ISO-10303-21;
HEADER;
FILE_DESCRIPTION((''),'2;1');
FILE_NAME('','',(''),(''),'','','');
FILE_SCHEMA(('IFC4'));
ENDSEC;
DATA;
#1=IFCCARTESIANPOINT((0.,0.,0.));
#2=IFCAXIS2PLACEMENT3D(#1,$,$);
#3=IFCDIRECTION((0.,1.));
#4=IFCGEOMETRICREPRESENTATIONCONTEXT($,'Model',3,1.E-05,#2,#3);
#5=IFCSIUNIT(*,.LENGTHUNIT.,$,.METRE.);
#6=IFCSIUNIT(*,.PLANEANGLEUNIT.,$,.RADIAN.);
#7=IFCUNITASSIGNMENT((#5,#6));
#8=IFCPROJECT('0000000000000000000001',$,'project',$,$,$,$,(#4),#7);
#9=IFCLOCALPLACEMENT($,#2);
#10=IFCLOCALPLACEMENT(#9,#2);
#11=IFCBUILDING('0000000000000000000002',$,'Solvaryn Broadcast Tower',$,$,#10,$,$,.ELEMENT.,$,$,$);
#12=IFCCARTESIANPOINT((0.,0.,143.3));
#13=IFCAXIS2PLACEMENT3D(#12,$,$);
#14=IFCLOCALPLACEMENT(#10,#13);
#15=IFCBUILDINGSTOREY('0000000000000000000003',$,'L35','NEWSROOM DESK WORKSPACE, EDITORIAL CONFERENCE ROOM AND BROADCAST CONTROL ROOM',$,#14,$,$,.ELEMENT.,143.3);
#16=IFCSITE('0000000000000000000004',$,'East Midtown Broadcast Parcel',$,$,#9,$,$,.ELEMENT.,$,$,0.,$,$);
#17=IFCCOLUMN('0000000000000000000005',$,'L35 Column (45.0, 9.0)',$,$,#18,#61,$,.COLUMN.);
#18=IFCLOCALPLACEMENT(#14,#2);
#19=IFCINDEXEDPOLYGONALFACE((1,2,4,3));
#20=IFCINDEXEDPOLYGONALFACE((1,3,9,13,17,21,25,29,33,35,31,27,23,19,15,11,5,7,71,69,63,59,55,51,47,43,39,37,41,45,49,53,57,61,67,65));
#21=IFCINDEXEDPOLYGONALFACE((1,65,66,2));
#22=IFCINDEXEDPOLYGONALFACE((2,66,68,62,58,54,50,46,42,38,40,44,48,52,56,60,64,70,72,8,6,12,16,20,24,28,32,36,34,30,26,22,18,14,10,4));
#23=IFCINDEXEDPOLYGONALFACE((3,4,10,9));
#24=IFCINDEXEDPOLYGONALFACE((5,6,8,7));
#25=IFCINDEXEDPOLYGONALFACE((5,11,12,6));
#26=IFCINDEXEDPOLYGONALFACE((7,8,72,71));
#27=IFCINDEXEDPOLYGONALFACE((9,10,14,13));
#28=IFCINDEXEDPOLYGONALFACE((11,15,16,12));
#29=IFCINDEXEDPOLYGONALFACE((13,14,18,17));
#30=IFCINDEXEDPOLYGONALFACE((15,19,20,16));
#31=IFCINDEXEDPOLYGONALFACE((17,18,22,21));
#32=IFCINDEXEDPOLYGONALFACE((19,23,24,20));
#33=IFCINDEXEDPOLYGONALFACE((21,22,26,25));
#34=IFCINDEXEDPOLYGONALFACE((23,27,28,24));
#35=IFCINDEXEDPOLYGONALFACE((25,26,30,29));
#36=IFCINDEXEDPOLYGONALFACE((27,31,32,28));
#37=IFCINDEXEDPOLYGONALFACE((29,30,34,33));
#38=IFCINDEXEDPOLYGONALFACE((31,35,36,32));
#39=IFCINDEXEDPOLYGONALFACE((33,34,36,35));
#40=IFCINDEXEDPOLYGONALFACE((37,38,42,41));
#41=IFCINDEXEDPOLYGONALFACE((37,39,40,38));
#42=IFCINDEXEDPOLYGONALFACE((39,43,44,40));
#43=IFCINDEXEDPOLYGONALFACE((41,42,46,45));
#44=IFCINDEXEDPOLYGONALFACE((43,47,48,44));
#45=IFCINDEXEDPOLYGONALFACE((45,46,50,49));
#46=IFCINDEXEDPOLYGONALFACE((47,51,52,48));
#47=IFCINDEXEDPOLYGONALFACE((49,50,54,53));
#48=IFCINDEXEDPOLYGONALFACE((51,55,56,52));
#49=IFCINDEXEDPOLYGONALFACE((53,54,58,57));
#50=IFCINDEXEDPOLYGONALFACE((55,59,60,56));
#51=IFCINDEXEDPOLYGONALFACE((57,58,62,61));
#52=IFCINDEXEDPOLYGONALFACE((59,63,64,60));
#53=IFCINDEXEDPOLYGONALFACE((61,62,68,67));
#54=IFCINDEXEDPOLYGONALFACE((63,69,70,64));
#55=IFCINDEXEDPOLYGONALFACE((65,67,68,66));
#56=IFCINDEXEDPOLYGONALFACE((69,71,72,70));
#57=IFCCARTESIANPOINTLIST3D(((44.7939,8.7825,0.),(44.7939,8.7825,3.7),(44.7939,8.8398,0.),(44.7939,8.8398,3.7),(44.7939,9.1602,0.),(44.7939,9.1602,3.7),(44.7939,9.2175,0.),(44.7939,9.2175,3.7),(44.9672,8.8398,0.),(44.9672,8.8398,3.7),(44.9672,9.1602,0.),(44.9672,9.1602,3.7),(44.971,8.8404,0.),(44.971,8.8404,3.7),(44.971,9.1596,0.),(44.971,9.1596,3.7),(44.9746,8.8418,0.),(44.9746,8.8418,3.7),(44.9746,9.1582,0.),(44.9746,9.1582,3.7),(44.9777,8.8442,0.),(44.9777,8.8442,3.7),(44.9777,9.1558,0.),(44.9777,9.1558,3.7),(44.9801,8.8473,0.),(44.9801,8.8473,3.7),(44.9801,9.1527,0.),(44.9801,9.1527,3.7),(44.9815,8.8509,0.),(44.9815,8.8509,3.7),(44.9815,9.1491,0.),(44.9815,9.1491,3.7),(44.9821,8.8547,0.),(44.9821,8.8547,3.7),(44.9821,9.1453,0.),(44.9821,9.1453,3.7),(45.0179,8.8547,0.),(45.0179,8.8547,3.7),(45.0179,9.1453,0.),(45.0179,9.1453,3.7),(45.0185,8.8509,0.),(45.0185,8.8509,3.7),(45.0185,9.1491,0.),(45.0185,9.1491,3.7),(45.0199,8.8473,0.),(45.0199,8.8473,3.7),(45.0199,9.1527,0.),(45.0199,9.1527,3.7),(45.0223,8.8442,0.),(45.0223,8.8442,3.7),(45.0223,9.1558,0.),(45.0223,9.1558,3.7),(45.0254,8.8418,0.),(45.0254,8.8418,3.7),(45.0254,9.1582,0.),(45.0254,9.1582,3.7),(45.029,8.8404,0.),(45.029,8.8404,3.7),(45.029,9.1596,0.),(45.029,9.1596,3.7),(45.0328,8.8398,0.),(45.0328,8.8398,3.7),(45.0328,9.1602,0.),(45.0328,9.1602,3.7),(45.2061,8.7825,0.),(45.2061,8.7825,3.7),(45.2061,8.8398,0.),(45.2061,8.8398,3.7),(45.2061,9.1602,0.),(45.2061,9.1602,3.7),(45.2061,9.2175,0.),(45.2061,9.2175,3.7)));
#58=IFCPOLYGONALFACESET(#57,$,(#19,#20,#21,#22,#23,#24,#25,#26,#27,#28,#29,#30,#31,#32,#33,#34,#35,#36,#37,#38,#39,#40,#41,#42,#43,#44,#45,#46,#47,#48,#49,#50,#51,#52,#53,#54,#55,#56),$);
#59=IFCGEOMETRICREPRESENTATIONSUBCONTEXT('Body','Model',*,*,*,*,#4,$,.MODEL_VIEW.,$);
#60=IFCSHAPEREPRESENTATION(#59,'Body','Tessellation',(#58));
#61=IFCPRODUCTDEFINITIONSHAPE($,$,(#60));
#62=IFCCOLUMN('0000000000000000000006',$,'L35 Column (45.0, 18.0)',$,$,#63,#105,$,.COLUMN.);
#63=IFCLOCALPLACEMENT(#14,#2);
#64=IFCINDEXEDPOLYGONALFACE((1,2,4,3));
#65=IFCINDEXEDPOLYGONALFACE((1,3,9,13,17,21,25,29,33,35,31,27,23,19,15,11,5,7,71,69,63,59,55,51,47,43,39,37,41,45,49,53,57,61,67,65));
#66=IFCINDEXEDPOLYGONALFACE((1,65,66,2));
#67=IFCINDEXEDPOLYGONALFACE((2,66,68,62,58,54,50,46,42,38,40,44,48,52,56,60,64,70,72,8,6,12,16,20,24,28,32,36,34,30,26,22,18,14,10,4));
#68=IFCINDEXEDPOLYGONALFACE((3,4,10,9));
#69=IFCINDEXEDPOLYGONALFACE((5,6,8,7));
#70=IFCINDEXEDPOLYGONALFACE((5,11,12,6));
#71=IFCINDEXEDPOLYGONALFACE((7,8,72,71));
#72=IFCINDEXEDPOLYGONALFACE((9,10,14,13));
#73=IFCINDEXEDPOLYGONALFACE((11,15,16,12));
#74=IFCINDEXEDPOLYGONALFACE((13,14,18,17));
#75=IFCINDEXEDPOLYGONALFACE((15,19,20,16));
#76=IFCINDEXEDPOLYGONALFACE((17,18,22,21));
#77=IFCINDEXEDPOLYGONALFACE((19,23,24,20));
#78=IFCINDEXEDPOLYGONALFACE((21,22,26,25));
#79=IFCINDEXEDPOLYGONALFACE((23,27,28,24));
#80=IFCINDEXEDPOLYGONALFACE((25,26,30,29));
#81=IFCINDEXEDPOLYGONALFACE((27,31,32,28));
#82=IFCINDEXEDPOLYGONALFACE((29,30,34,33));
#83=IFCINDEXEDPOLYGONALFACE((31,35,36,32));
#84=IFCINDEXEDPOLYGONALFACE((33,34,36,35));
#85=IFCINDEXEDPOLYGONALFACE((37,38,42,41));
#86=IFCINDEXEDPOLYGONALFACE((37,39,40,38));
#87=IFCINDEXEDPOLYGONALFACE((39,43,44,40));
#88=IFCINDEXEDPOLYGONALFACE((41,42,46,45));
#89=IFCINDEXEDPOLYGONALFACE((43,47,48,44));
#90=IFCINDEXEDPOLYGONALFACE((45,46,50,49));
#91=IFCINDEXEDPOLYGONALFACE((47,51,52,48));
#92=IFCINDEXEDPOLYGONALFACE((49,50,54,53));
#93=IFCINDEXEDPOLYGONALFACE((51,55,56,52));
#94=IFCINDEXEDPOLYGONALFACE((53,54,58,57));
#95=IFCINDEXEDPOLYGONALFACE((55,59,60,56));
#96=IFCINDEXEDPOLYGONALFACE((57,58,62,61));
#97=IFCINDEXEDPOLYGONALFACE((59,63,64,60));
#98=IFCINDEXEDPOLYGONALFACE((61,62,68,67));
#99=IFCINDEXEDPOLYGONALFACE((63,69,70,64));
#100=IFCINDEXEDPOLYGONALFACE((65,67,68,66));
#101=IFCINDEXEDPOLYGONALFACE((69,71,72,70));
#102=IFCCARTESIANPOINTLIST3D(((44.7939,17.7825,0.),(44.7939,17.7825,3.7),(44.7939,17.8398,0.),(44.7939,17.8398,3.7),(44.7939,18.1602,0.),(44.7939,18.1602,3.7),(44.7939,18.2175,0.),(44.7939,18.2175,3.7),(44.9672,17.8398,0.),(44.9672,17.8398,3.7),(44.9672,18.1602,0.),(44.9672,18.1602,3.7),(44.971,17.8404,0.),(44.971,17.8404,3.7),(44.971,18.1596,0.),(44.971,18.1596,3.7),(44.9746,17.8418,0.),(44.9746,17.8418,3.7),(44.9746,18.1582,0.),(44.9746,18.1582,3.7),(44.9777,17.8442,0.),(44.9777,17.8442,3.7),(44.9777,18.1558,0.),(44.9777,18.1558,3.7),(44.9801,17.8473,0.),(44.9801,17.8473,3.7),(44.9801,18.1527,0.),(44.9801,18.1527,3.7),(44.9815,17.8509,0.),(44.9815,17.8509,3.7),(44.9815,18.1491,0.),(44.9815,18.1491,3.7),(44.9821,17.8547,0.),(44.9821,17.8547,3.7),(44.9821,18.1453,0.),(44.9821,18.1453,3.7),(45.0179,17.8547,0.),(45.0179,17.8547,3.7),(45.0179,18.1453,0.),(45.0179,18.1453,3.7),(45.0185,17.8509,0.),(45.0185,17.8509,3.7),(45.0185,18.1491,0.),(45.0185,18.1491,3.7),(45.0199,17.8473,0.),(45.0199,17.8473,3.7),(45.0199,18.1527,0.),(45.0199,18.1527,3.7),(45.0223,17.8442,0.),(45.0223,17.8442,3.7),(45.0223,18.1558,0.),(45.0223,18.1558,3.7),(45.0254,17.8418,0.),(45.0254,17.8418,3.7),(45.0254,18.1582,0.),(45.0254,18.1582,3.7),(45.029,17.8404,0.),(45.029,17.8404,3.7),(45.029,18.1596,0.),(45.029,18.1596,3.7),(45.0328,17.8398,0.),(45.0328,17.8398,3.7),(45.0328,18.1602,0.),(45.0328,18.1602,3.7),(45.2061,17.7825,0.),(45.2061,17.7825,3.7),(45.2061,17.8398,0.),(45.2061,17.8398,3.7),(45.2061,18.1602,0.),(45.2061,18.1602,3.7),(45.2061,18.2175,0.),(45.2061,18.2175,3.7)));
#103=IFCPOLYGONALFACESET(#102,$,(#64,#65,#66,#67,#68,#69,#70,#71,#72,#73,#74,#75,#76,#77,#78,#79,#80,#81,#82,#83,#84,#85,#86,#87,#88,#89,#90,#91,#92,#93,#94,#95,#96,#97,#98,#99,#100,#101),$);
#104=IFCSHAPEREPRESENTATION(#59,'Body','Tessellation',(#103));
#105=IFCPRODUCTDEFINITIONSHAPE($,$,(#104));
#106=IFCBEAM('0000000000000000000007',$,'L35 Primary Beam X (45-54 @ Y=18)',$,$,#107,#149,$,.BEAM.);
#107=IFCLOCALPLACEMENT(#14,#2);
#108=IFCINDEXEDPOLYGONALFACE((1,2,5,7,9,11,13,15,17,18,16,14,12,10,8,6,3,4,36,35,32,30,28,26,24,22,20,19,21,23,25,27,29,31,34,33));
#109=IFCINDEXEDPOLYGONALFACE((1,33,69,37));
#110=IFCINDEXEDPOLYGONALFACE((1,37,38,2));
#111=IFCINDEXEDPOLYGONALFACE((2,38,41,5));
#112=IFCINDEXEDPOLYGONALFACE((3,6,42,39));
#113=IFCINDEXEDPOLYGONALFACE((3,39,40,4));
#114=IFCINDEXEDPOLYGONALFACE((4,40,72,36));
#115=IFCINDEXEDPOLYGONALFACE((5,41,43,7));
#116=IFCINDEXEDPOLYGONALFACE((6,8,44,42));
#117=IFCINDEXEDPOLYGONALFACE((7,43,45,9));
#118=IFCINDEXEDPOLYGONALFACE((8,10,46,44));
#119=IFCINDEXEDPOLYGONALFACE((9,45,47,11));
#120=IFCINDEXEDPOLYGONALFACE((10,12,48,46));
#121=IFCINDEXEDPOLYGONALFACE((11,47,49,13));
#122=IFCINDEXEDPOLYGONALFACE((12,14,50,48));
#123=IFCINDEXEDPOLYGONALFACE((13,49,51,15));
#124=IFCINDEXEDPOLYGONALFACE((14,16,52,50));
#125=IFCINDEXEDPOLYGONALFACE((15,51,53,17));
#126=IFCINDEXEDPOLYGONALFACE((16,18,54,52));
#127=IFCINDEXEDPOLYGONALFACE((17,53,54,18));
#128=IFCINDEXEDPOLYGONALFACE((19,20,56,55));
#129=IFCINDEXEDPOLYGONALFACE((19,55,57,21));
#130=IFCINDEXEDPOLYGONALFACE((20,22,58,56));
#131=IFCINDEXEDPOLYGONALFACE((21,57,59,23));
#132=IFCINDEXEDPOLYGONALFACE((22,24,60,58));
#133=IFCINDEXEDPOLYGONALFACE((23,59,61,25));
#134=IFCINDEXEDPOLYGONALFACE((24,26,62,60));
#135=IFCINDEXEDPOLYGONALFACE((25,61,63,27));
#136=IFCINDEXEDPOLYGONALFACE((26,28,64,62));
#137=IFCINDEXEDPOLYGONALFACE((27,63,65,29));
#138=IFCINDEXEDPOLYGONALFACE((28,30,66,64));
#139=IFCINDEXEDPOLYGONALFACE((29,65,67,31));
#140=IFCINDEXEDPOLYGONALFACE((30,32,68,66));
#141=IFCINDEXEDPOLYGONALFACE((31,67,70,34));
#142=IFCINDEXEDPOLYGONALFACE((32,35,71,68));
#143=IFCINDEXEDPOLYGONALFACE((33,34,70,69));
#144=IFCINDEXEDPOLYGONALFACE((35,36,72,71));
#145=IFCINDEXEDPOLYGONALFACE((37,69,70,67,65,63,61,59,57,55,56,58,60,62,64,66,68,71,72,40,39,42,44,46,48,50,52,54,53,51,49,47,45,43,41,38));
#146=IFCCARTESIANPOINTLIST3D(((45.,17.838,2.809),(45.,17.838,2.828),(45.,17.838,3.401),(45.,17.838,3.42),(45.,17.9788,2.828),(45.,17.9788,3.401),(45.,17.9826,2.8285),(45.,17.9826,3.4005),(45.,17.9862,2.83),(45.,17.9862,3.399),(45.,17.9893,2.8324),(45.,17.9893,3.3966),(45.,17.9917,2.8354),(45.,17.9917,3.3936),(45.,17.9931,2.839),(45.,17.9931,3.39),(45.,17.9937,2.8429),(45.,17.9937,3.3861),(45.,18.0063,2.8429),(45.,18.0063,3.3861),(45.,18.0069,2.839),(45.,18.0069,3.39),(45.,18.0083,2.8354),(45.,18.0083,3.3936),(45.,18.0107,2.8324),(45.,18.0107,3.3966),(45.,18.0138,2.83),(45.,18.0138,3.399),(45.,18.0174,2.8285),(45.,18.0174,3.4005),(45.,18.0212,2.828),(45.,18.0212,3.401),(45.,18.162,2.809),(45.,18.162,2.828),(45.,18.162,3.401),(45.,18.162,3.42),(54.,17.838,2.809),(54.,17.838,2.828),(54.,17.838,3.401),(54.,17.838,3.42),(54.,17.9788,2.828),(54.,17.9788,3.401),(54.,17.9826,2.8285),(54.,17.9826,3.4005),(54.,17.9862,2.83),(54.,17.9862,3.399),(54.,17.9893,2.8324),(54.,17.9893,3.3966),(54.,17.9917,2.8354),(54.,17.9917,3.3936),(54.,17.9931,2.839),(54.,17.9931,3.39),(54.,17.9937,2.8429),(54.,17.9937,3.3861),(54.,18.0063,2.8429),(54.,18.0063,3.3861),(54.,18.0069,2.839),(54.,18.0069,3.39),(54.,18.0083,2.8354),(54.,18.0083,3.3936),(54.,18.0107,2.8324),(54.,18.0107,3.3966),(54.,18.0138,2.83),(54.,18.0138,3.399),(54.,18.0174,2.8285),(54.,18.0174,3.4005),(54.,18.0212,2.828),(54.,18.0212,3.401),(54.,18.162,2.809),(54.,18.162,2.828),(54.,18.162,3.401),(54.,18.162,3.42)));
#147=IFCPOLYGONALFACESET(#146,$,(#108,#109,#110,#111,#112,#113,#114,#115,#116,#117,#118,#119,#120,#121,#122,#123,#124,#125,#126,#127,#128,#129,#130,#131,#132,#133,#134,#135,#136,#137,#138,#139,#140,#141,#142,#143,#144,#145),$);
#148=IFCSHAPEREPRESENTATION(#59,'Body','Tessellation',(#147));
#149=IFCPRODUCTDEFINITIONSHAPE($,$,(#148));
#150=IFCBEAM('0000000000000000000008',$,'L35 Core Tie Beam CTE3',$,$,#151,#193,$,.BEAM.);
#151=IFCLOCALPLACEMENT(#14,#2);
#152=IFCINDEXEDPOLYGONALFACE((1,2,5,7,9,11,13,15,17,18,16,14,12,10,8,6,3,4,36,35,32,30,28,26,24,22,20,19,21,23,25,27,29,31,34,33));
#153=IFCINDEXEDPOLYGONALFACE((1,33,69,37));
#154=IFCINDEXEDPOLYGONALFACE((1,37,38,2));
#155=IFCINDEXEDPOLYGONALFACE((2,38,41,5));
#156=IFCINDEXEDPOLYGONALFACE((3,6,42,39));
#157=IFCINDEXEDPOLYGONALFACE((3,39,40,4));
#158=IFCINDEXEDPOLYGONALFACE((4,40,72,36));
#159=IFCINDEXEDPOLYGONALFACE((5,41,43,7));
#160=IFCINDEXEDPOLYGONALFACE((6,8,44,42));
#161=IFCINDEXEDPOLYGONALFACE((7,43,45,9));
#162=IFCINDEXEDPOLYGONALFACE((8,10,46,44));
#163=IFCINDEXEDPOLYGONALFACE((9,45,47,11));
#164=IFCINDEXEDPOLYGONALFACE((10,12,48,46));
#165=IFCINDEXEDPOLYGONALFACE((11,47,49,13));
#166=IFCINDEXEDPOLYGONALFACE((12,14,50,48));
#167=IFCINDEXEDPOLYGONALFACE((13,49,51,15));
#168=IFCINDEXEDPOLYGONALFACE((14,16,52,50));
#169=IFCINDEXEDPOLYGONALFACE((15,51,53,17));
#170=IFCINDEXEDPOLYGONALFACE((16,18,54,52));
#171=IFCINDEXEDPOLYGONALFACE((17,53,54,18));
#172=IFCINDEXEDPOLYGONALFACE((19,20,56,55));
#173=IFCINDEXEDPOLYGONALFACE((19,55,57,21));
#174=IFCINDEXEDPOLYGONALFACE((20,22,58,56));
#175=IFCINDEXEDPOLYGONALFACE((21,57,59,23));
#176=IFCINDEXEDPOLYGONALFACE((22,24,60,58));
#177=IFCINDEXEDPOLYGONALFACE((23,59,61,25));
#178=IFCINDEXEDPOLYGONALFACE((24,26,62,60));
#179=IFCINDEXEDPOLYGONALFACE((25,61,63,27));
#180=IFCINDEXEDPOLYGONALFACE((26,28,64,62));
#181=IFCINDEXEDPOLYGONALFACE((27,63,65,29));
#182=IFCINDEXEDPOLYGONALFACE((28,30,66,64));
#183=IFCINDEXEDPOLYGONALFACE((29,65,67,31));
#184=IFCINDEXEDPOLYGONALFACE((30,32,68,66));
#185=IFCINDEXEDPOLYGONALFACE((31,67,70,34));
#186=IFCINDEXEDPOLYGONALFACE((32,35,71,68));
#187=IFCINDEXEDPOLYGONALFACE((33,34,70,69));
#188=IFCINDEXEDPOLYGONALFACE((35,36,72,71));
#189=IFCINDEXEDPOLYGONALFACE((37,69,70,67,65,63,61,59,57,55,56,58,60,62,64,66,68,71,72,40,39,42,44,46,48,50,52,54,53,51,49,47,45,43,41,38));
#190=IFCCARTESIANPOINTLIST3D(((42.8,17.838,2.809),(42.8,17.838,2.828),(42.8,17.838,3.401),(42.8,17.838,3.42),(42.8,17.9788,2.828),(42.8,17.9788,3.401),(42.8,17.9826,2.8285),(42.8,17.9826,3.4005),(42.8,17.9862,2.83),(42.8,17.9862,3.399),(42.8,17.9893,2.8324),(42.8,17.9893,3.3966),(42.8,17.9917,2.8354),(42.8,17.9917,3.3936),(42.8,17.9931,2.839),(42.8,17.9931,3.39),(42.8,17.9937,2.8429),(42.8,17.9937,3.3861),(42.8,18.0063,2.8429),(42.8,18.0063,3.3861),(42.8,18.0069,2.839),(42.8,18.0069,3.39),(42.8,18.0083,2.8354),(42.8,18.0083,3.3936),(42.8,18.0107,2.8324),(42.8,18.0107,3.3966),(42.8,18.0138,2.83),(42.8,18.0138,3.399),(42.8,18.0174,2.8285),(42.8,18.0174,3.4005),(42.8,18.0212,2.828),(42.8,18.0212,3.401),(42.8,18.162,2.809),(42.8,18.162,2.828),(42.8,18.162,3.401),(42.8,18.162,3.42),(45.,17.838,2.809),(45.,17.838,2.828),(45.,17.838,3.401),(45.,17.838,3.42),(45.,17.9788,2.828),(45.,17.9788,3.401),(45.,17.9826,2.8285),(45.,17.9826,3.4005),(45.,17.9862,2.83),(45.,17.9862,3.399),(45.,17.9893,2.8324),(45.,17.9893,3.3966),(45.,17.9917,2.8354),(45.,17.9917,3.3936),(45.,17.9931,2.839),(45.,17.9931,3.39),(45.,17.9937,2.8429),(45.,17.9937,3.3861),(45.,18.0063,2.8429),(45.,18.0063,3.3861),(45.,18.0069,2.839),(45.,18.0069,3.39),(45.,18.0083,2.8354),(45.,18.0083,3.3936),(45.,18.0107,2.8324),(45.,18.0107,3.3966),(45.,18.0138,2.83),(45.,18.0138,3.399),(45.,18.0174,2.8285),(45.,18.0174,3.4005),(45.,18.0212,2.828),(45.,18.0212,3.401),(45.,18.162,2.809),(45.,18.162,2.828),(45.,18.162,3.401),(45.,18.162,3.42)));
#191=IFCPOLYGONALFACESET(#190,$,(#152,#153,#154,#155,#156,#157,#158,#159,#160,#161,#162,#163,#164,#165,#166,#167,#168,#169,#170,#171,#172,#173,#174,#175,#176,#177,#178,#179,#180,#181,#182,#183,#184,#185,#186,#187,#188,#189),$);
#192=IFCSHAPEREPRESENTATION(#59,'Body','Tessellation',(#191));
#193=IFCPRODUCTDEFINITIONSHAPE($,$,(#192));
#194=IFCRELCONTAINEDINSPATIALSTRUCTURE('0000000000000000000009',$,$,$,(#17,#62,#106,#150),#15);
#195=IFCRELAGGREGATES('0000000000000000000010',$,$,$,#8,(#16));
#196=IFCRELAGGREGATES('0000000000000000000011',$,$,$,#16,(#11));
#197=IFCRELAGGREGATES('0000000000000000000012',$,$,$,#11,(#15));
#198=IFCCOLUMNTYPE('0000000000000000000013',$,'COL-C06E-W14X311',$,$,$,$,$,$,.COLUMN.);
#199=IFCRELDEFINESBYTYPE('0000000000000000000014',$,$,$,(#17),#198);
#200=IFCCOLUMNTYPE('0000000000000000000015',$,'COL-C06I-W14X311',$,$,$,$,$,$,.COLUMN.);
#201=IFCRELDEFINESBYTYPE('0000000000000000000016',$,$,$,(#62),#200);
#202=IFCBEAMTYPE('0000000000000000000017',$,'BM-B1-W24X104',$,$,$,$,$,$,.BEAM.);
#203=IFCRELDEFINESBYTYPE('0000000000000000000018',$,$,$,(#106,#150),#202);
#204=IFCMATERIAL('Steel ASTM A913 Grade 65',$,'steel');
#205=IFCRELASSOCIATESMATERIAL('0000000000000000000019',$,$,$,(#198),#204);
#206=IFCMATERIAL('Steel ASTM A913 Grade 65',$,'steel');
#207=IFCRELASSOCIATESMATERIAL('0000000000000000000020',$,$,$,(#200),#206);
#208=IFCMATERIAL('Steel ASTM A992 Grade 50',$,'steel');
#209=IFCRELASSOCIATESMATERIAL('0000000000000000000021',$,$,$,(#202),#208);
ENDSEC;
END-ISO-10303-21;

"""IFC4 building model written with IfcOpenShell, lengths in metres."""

from ifc_helpers import new_model, si_unit, direction, frame, origin, origin_2d, place, context, subcontext, project, spatial, i_section, extrude, material, material_profile, profile_set, type_object, element, save


model = new_model("IFC4")

# Units and contexts
model_context = context("Model", 3, precision=1e-05, world=origin(), true_north=direction((0.0, 1.0)))
body_context = subcontext(model_context, "Body", "Model", "MODEL_VIEW")
ifc_project = project(units=[si_unit("LENGTHUNIT", "METRE"), si_unit("PLANEANGLEUNIT", "RADIAN")], contexts=[model_context])

# Site, building, storey
site_placement = place(None, origin())
site = spatial("IfcSite", under=ifc_project, at=site_placement, Name="East Midtown Broadcast Parcel", CompositionType="ELEMENT", RefElevation=0.0)
building_placement = place(site_placement, origin())
building = spatial("IfcBuilding", under=site, at=building_placement, Name="Solvaryn Broadcast Tower", CompositionType="ELEMENT")
storey_placement = place(building_placement, frame((0.0, 0.0, 143.3)))
storey = spatial("IfcBuildingStorey", under=building, at=storey_placement, Name="L35", Description="NEWSROOM DESK WORKSPACE, EDITORIAL CONFERENCE ROOM AND BROADCAST CONTROL ROOM", CompositionType="ELEMENT", Elevation=143.3)

# Columns
ifc_material_1 = material(Name="Steel ASTM A913 Grade 65", Category="steel")
ifc_material_profile_1 = material_profile(ifc_material_1, i_section(OverallWidth=0.4121, OverallDepth=0.4351, WebThickness=0.0359, FlangeThickness=0.0574, FilletRadius=0.0149, at=origin_2d()))
ifc_profile_set_1 = profile_set([ifc_material_profile_1], Name="Steel ASTM A913 Grade 65")
column_type_1 = type_object("IfcColumnType", Name="COL-C06E-W14X311", PredefinedType="COLUMN", material=ifc_profile_set_1)
column_1_placement = place(storey_placement, frame((45.0, 9.0, 0.0), z_axis=(0.0, 0.0, 1.0), x_axis=(1.0, 0.0, 0.0)))
element("IfcColumn", 1, at=column_1_placement, inside=storey, type_object=column_type_1, Name="L35 Column (45.0, 9.0)", PredefinedType="COLUMN", context=body_context, shape_type="SweptSolid", body=[
    extrude(i_section(OverallWidth=0.4121, OverallDepth=0.4351, WebThickness=0.0359, FlangeThickness=0.0574, FilletRadius=0.0149, at=origin_2d()), origin(), (0.0, 0.0, 1.0), 3.7),
])
ifc_material_2 = material(Name="Steel ASTM A913 Grade 65", Category="steel")
ifc_material_profile_2 = material_profile(ifc_material_2, i_section(OverallWidth=0.4121, OverallDepth=0.4351, WebThickness=0.0359, FlangeThickness=0.0574, FilletRadius=0.0149, at=origin_2d()))
ifc_profile_set_2 = profile_set([ifc_material_profile_2], Name="Steel ASTM A913 Grade 65")
column_type_2 = type_object("IfcColumnType", Name="COL-C06I-W14X311", PredefinedType="COLUMN", material=ifc_profile_set_2)
column_2_placement = place(storey_placement, frame((45.0, 18.0, 0.0), z_axis=(0.0, 0.0, 1.0), x_axis=(1.0, 0.0, 0.0)))
element("IfcColumn", 2, at=column_2_placement, inside=storey, type_object=column_type_2, Name="L35 Column (45.0, 18.0)", PredefinedType="COLUMN", context=body_context, shape_type="SweptSolid", body=[
    extrude(i_section(OverallWidth=0.4121, OverallDepth=0.4351, WebThickness=0.0359, FlangeThickness=0.0574, FilletRadius=0.0149, at=origin_2d()), origin(), (0.0, 0.0, 1.0), 3.7),
])

# Beams
ifc_material_3 = material(Name="Steel ASTM A992 Grade 50", Category="steel")
ifc_material_profile_3 = material_profile(ifc_material_3, i_section(OverallWidth=0.324, OverallDepth=0.6111, WebThickness=0.0127, FlangeThickness=0.019, FilletRadius=0.0149, at=origin_2d()))
ifc_profile_set_3 = profile_set([ifc_material_profile_3], Name="Steel ASTM A992 Grade 50")
beam_type = type_object("IfcBeamType", Name="BM-B1-W24X104", PredefinedType="BEAM", material=ifc_profile_set_3)
beam_1_placement = place(storey_placement, frame((45.0, 18.0, 3.1145), z_axis=(1.0, 0.0, 0.0), x_axis=(0.0, 1.0, 0.0)))
element("IfcBeam", 3, at=beam_1_placement, inside=storey, type_object=beam_type, Name="L35 Primary Beam X (45-54 @ Y=18)", PredefinedType="BEAM", context=body_context, shape_type="SweptSolid", body=[
    extrude(i_section(OverallWidth=0.324, OverallDepth=0.6111, WebThickness=0.0127, FlangeThickness=0.019, FilletRadius=0.0149, at=origin_2d()), origin(), (0.0, 0.0, 1.0), 9.0),
])
beam_2_placement = place(storey_placement, frame((42.8, 18.0, 3.1145), z_axis=(1.0, 0.0, 0.0), x_axis=(0.0, 1.0, 0.0)))
element("IfcBeam", 4, at=beam_2_placement, inside=storey, type_object=beam_type, Name="L35 Core Tie Beam CTE3", PredefinedType="BEAM", context=body_context, shape_type="SweptSolid", body=[
    extrude(i_section(OverallWidth=0.324, OverallDepth=0.6111, WebThickness=0.0127, FlangeThickness=0.019, FilletRadius=0.0149, at=origin_2d()), origin(), (0.0, 0.0, 1.0), 2.2),
])

save(model, "model.ifc")
